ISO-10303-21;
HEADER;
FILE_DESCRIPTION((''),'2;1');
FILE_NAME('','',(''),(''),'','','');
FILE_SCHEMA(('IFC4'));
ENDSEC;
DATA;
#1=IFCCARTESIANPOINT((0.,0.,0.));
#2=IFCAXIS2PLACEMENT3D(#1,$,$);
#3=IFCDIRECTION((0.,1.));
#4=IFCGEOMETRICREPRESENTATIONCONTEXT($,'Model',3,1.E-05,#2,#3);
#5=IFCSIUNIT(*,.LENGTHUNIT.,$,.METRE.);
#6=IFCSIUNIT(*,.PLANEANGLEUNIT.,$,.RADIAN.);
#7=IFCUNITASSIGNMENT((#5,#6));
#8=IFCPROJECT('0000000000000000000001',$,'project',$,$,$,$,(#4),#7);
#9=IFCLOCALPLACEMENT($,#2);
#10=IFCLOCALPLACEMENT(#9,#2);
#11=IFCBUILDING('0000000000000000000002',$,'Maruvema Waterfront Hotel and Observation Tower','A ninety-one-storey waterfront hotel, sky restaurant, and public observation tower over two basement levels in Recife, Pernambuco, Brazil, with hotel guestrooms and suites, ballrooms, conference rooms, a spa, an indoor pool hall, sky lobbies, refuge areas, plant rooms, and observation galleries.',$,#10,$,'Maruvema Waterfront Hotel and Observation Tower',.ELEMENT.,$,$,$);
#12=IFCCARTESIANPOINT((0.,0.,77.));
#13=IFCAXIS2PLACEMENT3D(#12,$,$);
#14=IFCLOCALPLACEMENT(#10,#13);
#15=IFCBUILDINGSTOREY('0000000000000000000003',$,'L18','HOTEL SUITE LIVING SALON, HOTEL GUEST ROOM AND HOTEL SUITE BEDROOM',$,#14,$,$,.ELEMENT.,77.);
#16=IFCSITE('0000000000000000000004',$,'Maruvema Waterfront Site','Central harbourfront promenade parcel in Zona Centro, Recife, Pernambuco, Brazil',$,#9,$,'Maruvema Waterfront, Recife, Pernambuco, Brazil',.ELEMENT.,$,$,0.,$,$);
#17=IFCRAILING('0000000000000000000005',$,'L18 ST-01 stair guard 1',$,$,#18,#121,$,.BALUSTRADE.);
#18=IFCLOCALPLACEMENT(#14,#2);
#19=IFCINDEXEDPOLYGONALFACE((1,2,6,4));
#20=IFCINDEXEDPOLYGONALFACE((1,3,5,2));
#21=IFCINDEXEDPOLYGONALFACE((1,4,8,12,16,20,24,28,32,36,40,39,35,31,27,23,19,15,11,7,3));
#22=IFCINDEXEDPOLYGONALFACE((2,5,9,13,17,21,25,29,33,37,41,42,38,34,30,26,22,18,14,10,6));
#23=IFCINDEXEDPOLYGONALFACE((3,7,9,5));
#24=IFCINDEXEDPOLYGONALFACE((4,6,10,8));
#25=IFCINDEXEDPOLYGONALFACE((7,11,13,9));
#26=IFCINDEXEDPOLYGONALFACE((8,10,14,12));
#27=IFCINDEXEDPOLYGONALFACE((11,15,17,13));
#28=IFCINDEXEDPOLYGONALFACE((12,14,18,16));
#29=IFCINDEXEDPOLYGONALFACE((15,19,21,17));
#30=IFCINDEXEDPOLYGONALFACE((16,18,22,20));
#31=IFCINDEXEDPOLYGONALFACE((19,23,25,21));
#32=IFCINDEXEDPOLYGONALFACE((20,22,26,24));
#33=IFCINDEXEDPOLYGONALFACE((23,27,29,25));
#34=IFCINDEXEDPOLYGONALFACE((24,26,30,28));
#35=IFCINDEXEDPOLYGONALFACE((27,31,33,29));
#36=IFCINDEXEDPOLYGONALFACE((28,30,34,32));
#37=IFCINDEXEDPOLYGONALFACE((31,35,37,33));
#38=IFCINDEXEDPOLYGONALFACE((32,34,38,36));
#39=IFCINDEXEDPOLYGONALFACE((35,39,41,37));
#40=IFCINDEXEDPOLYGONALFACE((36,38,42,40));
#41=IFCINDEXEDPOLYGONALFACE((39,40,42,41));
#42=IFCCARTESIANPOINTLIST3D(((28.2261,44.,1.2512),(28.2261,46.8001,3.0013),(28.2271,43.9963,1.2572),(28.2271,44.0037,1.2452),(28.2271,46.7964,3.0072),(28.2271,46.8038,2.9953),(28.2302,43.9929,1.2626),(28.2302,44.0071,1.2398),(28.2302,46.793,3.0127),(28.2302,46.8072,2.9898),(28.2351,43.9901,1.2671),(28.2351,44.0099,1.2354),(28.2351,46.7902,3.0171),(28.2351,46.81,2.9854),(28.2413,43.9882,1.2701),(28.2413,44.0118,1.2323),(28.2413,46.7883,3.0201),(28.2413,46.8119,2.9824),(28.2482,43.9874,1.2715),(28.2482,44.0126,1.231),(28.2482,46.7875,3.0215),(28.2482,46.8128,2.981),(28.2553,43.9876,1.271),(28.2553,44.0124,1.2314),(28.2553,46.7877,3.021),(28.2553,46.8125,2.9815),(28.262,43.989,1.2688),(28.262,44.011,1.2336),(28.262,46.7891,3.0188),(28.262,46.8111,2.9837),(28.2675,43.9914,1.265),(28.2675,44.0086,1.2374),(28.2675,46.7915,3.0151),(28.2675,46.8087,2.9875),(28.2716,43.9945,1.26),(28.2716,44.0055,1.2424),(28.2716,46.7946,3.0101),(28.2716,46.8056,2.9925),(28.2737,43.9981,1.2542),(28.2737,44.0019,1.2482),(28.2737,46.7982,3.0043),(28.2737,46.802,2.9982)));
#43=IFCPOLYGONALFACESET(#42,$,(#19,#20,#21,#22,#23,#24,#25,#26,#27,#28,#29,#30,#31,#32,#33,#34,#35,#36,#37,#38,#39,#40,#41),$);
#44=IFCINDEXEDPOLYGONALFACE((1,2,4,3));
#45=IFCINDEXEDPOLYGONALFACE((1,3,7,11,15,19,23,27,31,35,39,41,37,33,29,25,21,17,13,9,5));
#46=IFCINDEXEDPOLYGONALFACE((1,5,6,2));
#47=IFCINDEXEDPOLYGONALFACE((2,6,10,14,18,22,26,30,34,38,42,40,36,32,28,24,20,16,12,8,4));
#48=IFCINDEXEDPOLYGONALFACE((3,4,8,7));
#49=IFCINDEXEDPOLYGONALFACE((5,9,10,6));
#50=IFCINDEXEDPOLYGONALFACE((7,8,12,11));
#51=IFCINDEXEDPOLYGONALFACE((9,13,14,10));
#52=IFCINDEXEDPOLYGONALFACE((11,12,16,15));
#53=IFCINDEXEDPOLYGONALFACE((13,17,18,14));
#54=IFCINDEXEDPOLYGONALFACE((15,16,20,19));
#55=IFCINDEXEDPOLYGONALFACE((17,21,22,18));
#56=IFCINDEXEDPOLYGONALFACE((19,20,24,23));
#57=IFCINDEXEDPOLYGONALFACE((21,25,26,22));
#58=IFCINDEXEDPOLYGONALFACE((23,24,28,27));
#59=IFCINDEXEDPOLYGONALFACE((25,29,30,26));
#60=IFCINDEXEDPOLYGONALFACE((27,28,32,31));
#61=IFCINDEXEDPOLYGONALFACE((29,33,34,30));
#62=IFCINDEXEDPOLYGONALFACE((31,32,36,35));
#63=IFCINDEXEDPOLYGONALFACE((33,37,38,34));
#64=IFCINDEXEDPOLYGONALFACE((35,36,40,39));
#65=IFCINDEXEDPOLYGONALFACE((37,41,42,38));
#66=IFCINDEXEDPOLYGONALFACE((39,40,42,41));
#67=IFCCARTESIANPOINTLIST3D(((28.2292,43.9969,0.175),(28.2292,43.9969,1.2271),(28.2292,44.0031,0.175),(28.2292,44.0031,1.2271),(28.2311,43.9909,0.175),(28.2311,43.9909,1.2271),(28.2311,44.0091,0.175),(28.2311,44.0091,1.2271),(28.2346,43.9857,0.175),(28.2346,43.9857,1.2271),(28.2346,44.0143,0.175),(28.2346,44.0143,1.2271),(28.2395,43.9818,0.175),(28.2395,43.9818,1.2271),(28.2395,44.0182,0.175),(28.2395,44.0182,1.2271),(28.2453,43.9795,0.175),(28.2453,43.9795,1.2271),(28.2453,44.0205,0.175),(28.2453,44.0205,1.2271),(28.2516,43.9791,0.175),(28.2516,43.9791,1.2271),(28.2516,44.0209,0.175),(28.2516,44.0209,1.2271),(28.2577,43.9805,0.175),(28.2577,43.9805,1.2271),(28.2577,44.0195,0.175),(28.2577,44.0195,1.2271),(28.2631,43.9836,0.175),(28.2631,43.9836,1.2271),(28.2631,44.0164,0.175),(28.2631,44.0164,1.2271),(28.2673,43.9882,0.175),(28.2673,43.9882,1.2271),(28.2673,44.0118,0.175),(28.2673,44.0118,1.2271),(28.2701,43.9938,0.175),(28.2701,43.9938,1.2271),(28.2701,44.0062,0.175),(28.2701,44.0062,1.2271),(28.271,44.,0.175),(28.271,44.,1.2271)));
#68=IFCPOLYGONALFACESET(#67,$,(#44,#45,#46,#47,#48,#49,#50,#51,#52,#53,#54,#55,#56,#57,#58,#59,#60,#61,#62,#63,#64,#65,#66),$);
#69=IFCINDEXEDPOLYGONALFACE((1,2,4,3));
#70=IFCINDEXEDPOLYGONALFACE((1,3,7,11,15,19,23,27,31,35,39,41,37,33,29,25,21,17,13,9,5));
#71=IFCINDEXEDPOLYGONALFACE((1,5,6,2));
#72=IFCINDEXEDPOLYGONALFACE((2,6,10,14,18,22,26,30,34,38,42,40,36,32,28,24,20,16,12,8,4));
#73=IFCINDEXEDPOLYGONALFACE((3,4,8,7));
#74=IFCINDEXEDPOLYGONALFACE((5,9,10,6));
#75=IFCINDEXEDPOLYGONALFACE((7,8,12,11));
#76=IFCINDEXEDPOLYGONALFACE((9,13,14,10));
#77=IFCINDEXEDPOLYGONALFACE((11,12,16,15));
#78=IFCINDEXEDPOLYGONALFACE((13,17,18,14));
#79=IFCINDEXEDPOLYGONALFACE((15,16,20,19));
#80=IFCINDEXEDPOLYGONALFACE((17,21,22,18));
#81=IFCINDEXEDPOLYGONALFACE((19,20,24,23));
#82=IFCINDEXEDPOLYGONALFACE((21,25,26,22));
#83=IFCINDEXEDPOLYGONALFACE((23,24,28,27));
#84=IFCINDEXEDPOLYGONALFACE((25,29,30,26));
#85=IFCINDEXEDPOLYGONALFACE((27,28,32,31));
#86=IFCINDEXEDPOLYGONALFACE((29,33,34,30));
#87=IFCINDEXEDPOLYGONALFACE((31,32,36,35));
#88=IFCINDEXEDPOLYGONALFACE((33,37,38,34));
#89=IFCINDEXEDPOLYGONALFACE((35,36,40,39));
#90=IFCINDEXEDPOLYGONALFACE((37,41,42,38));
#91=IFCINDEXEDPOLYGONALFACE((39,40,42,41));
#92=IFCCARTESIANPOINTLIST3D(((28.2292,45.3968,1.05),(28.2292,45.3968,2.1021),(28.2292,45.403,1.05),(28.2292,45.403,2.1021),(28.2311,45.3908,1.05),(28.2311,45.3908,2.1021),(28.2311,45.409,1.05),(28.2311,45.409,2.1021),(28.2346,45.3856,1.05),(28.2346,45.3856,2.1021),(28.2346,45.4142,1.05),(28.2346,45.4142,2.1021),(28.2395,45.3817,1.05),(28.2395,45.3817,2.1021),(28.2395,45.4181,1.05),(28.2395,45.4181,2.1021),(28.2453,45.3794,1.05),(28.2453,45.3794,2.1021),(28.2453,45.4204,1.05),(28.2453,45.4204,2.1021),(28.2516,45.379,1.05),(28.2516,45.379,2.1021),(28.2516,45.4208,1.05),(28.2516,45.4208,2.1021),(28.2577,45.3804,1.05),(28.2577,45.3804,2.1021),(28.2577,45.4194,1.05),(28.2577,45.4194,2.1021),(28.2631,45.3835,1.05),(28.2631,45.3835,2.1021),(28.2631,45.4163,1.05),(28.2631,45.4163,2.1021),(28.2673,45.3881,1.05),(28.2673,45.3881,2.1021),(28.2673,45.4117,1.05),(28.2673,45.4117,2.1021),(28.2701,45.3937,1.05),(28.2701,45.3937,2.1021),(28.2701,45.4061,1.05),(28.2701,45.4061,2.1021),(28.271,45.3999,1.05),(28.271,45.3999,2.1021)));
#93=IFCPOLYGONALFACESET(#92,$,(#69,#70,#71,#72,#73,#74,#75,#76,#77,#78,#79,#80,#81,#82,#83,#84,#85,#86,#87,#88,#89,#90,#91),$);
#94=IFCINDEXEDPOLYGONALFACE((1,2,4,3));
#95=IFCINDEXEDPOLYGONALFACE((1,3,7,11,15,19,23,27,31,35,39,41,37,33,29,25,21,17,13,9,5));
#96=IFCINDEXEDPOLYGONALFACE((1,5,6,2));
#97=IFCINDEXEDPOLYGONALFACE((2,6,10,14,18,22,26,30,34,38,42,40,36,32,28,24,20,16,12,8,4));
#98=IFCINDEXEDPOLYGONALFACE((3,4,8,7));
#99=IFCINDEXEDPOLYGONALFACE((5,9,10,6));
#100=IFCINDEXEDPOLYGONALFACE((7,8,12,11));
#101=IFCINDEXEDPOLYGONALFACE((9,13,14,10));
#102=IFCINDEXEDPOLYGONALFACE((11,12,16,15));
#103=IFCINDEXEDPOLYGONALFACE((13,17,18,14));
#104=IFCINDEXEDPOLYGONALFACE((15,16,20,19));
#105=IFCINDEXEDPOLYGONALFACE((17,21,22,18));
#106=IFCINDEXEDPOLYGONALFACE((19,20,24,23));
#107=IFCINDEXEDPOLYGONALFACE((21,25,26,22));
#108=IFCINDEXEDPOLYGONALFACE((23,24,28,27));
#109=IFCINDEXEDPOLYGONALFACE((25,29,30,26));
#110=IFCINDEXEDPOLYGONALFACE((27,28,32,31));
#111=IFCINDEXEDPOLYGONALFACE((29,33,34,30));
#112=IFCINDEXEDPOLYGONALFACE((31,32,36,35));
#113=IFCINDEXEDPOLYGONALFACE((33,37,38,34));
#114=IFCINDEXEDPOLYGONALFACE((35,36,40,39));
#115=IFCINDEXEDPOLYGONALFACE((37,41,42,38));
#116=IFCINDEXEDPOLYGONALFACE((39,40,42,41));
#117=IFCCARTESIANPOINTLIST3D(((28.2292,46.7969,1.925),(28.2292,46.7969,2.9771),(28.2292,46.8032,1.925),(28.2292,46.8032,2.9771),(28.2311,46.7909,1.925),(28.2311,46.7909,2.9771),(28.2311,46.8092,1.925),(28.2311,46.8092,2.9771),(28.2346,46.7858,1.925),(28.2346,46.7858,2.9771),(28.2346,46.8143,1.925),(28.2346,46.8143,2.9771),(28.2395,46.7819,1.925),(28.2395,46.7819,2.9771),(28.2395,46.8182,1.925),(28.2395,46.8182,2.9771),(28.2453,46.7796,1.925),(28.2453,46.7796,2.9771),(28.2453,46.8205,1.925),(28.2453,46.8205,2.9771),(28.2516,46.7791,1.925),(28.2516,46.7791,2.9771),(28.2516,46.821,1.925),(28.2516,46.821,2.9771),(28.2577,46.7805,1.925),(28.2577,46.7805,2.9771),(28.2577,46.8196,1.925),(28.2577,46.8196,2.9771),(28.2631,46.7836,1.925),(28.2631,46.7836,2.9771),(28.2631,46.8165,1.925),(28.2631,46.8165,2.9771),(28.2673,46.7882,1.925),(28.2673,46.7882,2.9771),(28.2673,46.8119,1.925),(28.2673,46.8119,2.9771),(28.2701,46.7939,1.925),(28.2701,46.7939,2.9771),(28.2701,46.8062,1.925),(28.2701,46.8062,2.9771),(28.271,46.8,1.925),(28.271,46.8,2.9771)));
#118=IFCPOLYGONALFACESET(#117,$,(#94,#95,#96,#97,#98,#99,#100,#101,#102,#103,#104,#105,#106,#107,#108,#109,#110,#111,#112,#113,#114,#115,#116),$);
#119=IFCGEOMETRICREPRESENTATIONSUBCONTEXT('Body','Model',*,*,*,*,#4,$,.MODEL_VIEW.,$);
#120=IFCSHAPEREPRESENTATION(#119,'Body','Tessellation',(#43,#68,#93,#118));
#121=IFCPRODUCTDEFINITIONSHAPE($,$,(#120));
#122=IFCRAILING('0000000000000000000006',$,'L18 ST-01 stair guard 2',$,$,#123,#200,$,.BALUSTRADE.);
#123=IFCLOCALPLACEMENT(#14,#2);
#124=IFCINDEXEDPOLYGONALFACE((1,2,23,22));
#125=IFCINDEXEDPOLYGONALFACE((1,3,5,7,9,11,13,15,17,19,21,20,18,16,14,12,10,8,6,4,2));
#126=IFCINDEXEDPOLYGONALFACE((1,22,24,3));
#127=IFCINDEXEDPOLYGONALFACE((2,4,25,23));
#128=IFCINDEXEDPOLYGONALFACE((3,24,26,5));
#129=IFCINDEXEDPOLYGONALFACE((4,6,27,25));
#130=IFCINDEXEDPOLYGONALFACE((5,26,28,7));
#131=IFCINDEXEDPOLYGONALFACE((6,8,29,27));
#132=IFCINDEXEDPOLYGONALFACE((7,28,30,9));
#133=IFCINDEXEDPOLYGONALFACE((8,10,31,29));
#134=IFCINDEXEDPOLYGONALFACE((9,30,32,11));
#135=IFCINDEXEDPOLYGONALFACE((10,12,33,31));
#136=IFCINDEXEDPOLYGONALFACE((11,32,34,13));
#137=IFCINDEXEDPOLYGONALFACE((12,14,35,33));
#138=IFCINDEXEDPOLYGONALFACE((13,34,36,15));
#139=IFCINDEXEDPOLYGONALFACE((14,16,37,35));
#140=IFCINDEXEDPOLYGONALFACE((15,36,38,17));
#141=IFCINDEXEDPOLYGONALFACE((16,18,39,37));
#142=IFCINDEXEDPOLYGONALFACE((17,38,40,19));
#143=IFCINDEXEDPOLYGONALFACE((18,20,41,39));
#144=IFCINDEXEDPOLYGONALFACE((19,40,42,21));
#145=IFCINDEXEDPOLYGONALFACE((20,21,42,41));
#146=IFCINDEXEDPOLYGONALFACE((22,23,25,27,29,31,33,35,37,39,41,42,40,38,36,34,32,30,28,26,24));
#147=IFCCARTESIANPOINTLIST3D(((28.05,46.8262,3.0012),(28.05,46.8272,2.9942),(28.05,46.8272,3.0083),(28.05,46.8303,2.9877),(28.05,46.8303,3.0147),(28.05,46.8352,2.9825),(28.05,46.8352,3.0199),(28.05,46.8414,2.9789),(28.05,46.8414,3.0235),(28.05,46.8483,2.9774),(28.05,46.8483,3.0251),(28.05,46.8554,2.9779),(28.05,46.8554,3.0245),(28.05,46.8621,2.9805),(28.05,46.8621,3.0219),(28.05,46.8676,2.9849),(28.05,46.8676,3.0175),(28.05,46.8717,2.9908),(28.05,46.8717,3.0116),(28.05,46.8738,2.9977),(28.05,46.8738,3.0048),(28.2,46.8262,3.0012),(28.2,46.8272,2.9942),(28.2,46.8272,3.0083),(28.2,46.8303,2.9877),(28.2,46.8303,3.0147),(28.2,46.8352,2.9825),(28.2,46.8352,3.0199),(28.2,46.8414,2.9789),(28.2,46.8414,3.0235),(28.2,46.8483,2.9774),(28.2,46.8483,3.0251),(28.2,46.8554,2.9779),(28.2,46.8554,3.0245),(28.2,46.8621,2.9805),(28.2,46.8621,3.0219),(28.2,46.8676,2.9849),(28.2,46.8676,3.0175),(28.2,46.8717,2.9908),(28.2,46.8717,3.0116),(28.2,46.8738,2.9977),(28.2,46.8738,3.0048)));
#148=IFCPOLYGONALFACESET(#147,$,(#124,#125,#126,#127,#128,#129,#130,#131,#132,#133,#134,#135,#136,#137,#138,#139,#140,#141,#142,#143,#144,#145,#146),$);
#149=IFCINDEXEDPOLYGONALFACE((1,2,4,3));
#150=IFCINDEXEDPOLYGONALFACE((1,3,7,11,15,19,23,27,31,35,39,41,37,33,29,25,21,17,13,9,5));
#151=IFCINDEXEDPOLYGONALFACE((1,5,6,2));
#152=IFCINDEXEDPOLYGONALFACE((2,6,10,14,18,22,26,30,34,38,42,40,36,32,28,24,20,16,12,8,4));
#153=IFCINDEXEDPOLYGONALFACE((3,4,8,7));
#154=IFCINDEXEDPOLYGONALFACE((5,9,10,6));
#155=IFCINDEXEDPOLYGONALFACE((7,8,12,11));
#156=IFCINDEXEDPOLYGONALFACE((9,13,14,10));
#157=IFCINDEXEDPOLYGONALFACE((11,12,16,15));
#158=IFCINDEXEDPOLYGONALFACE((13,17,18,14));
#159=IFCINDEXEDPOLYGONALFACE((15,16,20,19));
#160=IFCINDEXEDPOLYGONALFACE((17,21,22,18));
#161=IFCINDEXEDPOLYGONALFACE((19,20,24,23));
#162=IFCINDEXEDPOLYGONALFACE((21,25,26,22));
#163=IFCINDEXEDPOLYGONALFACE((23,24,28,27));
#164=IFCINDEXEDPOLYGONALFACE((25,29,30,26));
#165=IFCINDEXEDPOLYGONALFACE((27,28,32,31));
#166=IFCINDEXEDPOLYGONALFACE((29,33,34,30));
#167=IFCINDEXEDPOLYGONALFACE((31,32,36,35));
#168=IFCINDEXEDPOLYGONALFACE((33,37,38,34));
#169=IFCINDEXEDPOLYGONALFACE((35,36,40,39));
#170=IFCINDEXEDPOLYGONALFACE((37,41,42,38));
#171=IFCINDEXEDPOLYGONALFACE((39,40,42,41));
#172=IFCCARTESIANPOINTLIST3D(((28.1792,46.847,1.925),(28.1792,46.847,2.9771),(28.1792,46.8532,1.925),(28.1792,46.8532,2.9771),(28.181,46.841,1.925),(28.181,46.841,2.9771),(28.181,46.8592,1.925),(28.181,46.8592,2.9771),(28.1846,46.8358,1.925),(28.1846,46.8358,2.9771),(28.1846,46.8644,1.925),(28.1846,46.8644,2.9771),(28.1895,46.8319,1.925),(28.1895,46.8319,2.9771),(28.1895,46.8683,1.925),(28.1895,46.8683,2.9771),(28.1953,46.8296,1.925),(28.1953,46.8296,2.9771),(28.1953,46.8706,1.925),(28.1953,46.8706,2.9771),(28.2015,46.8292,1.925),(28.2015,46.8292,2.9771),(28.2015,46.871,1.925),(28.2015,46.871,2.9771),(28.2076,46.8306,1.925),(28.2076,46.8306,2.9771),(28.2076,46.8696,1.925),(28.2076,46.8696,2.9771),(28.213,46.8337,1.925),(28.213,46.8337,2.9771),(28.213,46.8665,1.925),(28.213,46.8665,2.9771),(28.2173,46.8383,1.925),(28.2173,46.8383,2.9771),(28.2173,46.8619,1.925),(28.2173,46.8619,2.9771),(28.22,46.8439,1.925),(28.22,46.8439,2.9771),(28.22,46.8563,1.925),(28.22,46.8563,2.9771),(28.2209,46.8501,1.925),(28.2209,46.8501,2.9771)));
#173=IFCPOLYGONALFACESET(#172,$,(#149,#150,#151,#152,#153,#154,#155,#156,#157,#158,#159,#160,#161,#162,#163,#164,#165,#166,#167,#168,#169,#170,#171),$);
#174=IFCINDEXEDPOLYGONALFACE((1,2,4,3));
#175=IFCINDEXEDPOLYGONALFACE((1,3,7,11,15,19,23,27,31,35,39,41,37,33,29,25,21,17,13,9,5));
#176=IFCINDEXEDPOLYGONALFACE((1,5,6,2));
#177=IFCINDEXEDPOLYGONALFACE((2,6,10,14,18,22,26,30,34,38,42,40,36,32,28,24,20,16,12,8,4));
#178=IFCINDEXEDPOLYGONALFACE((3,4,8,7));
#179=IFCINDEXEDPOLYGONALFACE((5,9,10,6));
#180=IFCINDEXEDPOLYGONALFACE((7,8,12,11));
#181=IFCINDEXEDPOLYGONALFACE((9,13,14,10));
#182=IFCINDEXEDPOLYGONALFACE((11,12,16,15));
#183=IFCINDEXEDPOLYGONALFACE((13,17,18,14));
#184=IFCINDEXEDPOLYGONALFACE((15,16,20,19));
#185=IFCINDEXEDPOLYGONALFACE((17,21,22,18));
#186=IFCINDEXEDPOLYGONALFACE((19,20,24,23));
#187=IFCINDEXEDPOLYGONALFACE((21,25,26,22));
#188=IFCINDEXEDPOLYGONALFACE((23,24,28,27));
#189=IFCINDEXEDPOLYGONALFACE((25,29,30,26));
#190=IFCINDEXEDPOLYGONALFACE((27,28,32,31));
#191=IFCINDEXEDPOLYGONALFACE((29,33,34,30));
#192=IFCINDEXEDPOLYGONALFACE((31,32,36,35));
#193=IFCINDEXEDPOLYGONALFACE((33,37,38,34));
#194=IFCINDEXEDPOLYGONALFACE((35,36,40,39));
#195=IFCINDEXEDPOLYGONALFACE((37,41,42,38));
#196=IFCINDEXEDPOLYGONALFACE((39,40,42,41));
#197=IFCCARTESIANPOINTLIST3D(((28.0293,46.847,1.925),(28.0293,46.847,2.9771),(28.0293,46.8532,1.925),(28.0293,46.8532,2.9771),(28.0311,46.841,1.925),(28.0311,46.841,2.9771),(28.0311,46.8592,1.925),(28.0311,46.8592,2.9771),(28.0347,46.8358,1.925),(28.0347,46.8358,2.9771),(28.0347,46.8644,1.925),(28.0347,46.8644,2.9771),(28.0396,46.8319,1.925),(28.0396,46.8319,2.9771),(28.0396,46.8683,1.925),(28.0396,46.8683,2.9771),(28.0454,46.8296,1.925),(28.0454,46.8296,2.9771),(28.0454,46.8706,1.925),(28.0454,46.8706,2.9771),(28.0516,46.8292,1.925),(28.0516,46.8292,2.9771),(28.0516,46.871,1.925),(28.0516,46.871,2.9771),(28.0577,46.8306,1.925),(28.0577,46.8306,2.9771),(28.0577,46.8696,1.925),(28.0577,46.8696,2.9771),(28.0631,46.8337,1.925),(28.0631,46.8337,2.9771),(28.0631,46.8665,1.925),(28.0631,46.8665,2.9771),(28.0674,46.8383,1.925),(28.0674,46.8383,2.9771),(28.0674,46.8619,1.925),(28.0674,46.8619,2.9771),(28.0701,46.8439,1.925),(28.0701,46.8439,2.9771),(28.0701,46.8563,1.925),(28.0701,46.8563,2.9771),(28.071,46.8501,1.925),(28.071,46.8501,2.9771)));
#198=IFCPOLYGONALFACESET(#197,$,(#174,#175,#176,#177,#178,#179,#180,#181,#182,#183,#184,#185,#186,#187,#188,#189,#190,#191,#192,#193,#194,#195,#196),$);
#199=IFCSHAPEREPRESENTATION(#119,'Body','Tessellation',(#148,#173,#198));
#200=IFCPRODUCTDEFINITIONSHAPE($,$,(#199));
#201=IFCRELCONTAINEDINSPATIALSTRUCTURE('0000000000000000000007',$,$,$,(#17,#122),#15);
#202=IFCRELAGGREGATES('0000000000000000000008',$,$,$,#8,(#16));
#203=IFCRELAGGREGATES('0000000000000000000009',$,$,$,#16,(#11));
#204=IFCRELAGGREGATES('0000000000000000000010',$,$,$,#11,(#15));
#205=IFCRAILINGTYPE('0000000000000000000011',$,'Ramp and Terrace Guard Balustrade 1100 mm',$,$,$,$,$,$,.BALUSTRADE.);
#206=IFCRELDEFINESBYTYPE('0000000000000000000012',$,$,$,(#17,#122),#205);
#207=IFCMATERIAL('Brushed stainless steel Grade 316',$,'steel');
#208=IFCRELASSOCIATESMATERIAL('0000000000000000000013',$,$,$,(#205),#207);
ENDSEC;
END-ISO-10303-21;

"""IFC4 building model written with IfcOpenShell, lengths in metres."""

from ifc_helpers import new_model, si_unit, direction, frame, origin, origin_2d, place, context, subcontext, project, spatial, circle, extrude, material, type_object, element, save


model = new_model("IFC4")

# Units and contexts
model_context = context("Model", 3, precision=1e-05, world=origin(), true_north=direction((0.0, 1.0)))
body_context = subcontext(model_context, "Body", "Model", "MODEL_VIEW")
ifc_project = project(units=[si_unit("LENGTHUNIT", "METRE"), si_unit("PLANEANGLEUNIT", "RADIAN")], contexts=[model_context])

# Site, building, storey
site_placement = place(None, origin())
site = spatial("IfcSite", under=ifc_project, at=site_placement, Name="Maruvema Waterfront Site", Description="Central harbourfront promenade parcel in Zona Centro, Recife, Pernambuco, Brazil", LongName="Maruvema Waterfront, Recife, Pernambuco, Brazil", CompositionType="ELEMENT", RefElevation=0.0)
building_placement = place(site_placement, origin())
building = spatial("IfcBuilding", under=site, at=building_placement, Name="Maruvema Waterfront Hotel and Observation Tower", Description="A ninety-one-storey waterfront hotel, sky restaurant, and public observation tower over two basement levels in Recife, Pernambuco, Brazil, with hotel guestrooms and suites, ballrooms, conference rooms, a spa, an indoor pool hall, sky lobbies, refuge areas, plant rooms, and observation galleries.", LongName="Maruvema Waterfront Hotel and Observation Tower", CompositionType="ELEMENT")
storey_placement = place(building_placement, frame((0.0, 0.0, 77.0)))
storey = spatial("IfcBuildingStorey", under=building, at=storey_placement, Name="L18", Description="HOTEL SUITE LIVING SALON, HOTEL GUEST ROOM AND HOTEL SUITE BEDROOM", CompositionType="ELEMENT", Elevation=77.0)

# Railings
ifc_material_1 = material(Name="Brushed stainless steel Grade 316", Category="steel")
railing_type_1 = type_object("IfcRailingType", Name="Ramp and Terrace Guard Balustrade 1100 mm", PredefinedType="BALUSTRADE", material=ifc_material_1)
railing_1_placement = place(storey_placement, frame((28.25, 44.0, 0.175)))
element("IfcRailing", 1, at=railing_1_placement, inside=storey, type_object=railing_type_1, Name="L18 ST-01 stair guard 1", PredefinedType="BALUSTRADE", context=body_context, shape_type="SweptSolid", body=[
    extrude(circle(Radius=0.0239, at=origin_2d()), frame((0.0, 0.0, 1.0762), z_axis=(0.0, 0.848002, 0.529992), x_axis=(-1.0, 0.0, 0.0)), (0.0, 0.0, 1.0), 3.302),
    extrude(circle(Radius=0.021, at=origin_2d()), origin(), (0.0, 0.0, 1.0), 1.052),
    extrude(circle(Radius=0.021, at=origin_2d()), frame((0.0, 1.3999, 0.875)), (0.0, 0.0, 1.0), 1.052),
    extrude(circle(Radius=0.021, at=origin_2d()), frame((0.0, 2.8, 1.75)), (0.0, 0.0, 1.0), 1.052),
])
railing_2_placement = place(storey_placement, frame((28.2, 46.8501, 1.925)))
element("IfcRailing", 2, at=railing_2_placement, inside=storey, type_object=railing_type_1, Name="L18 ST-01 stair guard 2", PredefinedType="BALUSTRADE", context=body_context, shape_type="SweptSolid", body=[
    extrude(circle(Radius=0.0239, at=origin_2d()), frame((0.0, 0.0, 1.0762), z_axis=(-1.0, 0.0, 0.0), x_axis=(0.0, -1.0, 0.0)), (0.0, 0.0, 1.0), 0.1499),
    extrude(circle(Radius=0.021, at=origin_2d()), origin(), (0.0, 0.0, 1.0), 1.052),
    extrude(circle(Radius=0.021, at=origin_2d()), frame((-0.1499, 0.0, 0.0)), (0.0, 0.0, 1.0), 1.052),
])

save(model, "model.ifc")
